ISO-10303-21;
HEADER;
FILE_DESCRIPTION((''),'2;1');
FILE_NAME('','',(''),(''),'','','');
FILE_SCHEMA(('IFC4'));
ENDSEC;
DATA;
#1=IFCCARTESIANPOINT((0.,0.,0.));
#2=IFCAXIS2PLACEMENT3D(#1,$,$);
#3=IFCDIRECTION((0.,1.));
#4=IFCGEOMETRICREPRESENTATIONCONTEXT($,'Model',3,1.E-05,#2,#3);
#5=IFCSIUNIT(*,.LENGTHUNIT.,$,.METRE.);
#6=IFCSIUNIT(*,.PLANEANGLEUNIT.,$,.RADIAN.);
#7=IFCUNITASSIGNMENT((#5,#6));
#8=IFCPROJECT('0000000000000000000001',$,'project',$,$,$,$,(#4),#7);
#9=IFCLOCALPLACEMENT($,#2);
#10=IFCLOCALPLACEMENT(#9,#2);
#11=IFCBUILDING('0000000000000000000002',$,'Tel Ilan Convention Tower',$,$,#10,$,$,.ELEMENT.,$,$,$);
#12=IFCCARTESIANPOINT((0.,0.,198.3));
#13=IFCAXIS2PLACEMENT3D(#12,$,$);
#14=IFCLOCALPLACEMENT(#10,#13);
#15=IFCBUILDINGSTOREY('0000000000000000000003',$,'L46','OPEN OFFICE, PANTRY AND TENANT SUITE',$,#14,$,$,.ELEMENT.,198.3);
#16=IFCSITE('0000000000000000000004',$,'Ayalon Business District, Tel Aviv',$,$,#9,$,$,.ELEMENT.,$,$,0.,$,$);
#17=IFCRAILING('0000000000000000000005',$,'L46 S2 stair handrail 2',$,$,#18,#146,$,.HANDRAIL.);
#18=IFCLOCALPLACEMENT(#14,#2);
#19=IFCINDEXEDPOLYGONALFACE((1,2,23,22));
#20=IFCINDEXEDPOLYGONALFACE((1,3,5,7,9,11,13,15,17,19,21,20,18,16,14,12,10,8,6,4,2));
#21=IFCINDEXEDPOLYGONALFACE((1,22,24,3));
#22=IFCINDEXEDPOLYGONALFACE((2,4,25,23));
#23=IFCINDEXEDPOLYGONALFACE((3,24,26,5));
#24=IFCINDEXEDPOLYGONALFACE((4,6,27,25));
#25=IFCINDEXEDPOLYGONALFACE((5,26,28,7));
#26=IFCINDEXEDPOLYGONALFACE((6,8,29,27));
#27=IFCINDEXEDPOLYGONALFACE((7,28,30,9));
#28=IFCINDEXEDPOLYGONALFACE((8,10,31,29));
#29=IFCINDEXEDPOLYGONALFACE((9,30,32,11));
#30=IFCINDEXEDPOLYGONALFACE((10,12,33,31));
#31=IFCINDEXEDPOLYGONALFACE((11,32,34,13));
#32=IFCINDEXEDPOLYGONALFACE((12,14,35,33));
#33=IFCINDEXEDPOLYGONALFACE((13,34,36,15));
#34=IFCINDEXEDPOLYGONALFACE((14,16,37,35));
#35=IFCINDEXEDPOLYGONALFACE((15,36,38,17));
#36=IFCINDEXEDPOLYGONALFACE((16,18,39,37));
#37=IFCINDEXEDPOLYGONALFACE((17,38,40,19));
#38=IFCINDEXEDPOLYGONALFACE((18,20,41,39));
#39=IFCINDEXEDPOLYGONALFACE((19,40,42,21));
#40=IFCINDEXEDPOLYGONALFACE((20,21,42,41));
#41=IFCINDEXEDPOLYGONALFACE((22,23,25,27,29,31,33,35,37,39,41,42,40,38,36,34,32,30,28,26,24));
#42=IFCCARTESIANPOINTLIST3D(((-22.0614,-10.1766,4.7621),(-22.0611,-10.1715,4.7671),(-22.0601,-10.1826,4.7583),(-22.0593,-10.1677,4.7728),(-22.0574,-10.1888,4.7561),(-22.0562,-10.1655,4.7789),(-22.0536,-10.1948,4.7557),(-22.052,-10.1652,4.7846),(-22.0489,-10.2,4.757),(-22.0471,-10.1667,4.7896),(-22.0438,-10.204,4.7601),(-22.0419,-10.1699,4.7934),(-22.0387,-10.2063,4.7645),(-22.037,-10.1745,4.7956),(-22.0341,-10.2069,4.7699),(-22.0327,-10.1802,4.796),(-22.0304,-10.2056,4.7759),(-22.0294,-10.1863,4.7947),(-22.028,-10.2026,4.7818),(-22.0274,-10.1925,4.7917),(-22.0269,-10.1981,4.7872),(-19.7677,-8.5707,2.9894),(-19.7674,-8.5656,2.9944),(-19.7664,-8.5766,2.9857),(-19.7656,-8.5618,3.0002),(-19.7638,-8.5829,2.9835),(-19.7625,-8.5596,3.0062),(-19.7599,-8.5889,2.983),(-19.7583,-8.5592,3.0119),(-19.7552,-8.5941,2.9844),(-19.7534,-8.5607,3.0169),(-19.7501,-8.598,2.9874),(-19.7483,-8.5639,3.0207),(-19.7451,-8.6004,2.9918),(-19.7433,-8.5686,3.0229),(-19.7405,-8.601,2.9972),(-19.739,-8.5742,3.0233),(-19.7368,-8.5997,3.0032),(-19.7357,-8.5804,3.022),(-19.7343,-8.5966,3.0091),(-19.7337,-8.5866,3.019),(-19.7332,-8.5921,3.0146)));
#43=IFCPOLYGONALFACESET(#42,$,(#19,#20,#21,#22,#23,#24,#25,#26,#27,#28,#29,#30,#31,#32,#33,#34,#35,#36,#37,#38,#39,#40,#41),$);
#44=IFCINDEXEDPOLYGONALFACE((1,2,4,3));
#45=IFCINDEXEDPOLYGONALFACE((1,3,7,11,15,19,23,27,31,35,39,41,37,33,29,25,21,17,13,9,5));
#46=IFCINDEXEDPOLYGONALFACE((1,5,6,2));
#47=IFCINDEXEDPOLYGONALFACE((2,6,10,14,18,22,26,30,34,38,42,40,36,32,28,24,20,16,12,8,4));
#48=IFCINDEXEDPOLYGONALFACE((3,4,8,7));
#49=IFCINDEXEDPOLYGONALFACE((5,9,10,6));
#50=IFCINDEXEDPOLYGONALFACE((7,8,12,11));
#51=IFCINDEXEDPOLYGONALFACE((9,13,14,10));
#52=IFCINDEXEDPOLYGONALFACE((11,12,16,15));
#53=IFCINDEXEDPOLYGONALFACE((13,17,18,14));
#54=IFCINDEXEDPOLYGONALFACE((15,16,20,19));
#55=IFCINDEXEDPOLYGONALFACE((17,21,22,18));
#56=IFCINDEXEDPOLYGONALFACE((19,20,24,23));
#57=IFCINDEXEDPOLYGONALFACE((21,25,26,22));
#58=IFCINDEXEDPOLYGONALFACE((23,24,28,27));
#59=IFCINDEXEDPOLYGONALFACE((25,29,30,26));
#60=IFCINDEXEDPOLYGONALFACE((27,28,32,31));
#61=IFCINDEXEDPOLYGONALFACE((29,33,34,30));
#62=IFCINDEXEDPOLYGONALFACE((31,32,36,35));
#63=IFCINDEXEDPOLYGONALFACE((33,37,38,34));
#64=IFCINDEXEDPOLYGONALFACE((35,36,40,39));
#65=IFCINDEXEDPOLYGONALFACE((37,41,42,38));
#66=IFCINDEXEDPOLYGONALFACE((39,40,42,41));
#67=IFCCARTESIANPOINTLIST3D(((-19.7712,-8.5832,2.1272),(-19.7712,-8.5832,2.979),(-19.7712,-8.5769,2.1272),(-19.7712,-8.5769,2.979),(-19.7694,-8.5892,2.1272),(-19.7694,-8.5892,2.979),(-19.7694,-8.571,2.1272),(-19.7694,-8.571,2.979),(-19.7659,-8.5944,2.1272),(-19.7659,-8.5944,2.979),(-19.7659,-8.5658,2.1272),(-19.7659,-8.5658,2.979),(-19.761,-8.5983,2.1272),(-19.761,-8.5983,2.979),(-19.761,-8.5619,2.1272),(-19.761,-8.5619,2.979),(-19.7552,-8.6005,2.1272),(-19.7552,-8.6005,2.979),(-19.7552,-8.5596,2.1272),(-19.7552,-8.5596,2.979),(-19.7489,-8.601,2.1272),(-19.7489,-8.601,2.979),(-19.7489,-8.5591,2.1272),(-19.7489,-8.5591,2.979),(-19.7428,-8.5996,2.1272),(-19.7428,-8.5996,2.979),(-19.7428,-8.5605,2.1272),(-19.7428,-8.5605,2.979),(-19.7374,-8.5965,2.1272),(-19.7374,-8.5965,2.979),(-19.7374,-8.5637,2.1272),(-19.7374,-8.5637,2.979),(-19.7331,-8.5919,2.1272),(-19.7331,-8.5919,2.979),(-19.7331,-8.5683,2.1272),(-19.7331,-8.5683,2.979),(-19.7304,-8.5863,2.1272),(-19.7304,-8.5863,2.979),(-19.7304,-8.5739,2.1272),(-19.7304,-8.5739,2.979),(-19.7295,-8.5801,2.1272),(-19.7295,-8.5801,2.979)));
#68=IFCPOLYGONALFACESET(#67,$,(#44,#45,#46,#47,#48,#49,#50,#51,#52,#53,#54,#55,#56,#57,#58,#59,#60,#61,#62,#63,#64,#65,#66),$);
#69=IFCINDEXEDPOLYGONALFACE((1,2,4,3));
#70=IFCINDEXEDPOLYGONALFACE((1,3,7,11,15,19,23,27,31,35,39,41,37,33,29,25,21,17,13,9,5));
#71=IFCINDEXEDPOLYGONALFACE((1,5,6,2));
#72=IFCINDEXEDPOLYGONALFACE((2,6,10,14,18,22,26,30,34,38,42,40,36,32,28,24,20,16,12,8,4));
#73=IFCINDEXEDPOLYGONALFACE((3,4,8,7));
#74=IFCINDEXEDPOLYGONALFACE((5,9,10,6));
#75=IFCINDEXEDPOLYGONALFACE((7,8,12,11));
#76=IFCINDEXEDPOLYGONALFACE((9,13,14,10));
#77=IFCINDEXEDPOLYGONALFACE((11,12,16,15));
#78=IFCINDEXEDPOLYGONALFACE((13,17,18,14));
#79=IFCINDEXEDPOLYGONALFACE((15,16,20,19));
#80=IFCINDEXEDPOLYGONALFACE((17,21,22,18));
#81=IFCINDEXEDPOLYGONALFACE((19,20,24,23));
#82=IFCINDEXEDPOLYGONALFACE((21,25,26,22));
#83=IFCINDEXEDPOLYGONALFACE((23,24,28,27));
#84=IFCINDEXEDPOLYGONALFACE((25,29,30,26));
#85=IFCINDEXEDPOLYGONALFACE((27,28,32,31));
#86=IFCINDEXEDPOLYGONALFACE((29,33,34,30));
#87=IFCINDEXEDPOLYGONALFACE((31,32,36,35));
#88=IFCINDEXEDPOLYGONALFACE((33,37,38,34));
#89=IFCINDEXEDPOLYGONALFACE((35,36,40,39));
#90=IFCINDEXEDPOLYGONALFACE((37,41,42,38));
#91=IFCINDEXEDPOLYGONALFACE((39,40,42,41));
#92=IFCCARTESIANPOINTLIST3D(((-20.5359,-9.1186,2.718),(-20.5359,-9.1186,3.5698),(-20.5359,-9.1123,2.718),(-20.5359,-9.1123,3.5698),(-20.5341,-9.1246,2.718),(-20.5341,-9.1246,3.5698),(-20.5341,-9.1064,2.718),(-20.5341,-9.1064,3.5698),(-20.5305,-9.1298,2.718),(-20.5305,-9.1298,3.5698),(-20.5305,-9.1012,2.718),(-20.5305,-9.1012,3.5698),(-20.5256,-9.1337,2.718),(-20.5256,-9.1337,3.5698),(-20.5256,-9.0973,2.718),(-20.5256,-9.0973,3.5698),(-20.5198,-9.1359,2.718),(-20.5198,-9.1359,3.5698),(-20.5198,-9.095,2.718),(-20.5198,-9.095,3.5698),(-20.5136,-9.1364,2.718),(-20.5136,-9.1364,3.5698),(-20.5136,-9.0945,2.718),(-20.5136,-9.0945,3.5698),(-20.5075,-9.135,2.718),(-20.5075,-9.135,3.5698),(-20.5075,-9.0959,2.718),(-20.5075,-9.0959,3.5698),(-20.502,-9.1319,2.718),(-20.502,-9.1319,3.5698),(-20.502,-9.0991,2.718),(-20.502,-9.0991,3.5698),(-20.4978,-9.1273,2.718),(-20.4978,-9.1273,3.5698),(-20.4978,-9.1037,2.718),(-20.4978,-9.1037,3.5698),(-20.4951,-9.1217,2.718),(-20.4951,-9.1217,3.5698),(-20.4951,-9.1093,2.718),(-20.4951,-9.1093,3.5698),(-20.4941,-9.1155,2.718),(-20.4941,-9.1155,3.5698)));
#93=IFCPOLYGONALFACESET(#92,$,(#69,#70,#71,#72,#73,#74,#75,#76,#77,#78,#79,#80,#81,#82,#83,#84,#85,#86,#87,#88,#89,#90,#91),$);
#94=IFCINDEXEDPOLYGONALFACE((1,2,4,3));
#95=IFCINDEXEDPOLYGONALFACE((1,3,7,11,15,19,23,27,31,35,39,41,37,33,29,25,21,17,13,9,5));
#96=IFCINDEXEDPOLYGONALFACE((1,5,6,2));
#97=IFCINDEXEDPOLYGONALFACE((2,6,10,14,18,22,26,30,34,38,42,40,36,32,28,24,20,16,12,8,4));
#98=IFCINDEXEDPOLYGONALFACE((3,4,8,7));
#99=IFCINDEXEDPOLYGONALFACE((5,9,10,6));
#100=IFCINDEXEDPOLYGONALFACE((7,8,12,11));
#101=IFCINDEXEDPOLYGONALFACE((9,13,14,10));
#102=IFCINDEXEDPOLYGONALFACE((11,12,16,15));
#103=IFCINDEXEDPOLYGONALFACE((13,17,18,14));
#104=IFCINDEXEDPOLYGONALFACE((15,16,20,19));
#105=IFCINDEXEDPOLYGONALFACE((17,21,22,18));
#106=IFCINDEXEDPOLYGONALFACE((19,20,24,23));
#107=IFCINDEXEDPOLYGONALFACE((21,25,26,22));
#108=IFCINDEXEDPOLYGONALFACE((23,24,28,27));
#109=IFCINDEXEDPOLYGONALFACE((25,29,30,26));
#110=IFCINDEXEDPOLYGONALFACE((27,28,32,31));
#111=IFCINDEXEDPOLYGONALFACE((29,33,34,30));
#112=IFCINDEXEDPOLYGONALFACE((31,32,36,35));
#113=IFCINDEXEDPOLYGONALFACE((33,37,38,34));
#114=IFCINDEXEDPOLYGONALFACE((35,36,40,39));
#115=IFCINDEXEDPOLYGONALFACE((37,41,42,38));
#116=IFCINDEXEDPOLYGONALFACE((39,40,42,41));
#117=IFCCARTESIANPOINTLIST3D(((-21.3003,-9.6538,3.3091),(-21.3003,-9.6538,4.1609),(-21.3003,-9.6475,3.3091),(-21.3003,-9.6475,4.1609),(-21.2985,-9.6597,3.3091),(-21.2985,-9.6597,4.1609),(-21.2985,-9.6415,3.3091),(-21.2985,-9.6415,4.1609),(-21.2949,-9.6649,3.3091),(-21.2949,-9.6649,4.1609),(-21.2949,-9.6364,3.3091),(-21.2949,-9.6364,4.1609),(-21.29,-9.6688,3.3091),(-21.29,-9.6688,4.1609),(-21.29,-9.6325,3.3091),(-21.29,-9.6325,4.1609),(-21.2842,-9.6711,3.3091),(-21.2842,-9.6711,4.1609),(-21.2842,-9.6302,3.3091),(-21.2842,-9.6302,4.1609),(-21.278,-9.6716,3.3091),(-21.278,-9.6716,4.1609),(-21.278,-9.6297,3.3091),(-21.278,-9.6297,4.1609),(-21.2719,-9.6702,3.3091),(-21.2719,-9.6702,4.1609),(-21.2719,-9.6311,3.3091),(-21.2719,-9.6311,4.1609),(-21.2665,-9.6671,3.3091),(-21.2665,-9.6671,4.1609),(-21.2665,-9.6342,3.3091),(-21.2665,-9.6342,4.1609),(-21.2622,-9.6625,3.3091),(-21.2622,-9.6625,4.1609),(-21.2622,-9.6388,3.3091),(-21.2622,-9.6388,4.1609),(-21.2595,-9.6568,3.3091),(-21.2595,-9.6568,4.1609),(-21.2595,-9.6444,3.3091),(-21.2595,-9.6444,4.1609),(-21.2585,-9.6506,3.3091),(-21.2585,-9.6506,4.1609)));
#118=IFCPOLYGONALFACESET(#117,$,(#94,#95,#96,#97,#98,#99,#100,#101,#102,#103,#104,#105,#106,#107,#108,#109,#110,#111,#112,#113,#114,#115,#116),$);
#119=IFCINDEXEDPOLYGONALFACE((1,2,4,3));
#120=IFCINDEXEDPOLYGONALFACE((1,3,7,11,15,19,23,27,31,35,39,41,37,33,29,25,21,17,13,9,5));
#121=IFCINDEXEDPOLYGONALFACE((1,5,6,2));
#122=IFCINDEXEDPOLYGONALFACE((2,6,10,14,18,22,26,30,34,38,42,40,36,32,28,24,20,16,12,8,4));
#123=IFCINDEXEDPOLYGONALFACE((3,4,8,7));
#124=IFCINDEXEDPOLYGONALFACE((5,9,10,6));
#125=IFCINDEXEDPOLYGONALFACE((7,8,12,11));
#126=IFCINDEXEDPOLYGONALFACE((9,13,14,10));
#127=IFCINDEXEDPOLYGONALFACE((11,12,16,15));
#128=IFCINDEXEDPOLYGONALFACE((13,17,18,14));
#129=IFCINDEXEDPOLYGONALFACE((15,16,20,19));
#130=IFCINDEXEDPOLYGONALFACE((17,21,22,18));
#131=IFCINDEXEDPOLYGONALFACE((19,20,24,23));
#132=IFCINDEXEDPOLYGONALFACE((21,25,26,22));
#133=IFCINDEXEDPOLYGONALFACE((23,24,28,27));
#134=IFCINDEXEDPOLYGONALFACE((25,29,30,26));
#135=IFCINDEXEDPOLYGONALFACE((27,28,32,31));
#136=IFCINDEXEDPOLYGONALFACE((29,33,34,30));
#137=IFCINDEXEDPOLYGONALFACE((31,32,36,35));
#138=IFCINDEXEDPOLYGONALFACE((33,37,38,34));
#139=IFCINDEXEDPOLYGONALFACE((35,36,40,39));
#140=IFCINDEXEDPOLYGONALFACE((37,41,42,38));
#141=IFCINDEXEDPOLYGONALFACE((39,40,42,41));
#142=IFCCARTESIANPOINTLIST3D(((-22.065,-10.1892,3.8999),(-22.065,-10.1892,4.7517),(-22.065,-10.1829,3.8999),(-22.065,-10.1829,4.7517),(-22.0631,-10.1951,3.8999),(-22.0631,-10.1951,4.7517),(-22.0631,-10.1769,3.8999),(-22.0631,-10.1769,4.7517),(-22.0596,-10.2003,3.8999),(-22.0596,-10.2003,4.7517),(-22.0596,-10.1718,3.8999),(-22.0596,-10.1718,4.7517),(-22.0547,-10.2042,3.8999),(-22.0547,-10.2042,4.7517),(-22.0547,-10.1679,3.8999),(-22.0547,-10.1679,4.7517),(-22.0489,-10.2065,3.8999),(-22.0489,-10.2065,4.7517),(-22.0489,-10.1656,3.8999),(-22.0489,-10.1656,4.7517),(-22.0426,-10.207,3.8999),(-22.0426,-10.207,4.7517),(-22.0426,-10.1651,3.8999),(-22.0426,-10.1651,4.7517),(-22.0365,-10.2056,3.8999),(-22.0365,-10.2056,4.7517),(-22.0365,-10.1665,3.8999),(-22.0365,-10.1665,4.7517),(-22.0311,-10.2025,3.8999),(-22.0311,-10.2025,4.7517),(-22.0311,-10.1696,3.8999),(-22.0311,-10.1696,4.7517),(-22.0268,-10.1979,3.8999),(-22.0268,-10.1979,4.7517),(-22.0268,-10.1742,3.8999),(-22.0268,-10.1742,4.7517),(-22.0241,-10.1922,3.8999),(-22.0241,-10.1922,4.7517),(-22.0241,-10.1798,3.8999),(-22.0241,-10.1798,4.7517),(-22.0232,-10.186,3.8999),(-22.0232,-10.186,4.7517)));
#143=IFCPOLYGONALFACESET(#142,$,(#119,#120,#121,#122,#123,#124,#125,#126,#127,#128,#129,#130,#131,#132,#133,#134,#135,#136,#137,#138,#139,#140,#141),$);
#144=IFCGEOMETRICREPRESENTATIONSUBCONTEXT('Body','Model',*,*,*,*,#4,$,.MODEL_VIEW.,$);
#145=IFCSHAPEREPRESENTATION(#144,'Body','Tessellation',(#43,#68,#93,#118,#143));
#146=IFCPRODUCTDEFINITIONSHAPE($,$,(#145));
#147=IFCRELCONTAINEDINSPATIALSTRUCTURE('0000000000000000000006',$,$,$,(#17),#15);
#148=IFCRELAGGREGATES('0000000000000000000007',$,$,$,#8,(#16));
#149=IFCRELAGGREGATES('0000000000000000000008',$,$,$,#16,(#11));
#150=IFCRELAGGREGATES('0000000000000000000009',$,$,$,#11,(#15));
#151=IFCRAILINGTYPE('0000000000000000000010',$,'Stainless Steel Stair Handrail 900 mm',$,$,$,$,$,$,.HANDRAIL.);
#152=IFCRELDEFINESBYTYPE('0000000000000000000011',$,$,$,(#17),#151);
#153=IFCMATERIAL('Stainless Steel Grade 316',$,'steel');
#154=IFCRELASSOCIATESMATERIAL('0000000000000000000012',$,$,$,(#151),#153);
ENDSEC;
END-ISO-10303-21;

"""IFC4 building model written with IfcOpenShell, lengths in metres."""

from ifc_helpers import new_model, si_unit, direction, frame, origin, origin_2d, place, context, subcontext, project, spatial, circle, extrude, material, type_object, element, save


model = new_model("IFC4")

# Units and contexts
model_context = context("Model", 3, precision=1e-05, world=origin(), true_north=direction((0.0, 1.0)))
body_context = subcontext(model_context, "Body", "Model", "MODEL_VIEW")
ifc_project = project(units=[si_unit("LENGTHUNIT", "METRE"), si_unit("PLANEANGLEUNIT", "RADIAN")], contexts=[model_context])

# Site, building, storey
site_placement = place(None, origin())
site = spatial("IfcSite", under=ifc_project, at=site_placement, Name="Ayalon Business District, Tel Aviv", CompositionType="ELEMENT", RefElevation=0.0)
building_placement = place(site_placement, origin())
building = spatial("IfcBuilding", under=site, at=building_placement, Name="Tel Ilan Convention Tower", CompositionType="ELEMENT")
storey_placement = place(building_placement, frame((0.0, 0.0, 198.3)))
storey = spatial("IfcBuildingStorey", under=building, at=storey_placement, Name="L46", Description="OPEN OFFICE, PANTRY AND TENANT SUITE", CompositionType="ELEMENT", Elevation=198.3)

# Railing
ifc_material_1 = material(Name="Stainless Steel Grade 316", Category="steel")
railing_type_1 = type_object("IfcRailingType", Name="Stainless Steel Stair Handrail 900 mm", PredefinedType="HANDRAIL", material=ifc_material_1)
railing_1_placement = place(storey_placement, frame((-19.7505, -8.5801, 2.1272)))
element("IfcRailing", 1, at=railing_1_placement, inside=storey, type_object=railing_type_1, Name="L46 S2 stair handrail 2", PredefinedType="HANDRAIL", context=body_context, shape_type="SweptSolid", body=[
    extrude(circle(Radius=0.0239, at=origin_2d()), frame((0.0, 0.0, 0.876), z_axis=(-0.692123, -0.484597, 0.534913), x_axis=(0.57355, -0.81917, 0.0)), (0.0, 0.0, 1.0), 3.314),
    extrude(circle(Radius=0.021, at=origin_2d()), origin(), (0.0, 0.0, 1.0), 0.8518),
    extrude(circle(Radius=0.021, at=origin_2d()), frame((-0.7646, -0.5354, 0.5908)), (0.0, 0.0, 1.0), 0.8518),
    extrude(circle(Radius=0.021, at=origin_2d()), frame((-1.5291, -1.0706, 1.1819)), (0.0, 0.0, 1.0), 0.8518),
    extrude(circle(Radius=0.021, at=origin_2d()), frame((-2.2937, -1.606, 1.7727)), (0.0, 0.0, 1.0), 0.8518),
])

save(model, "model.ifc")
